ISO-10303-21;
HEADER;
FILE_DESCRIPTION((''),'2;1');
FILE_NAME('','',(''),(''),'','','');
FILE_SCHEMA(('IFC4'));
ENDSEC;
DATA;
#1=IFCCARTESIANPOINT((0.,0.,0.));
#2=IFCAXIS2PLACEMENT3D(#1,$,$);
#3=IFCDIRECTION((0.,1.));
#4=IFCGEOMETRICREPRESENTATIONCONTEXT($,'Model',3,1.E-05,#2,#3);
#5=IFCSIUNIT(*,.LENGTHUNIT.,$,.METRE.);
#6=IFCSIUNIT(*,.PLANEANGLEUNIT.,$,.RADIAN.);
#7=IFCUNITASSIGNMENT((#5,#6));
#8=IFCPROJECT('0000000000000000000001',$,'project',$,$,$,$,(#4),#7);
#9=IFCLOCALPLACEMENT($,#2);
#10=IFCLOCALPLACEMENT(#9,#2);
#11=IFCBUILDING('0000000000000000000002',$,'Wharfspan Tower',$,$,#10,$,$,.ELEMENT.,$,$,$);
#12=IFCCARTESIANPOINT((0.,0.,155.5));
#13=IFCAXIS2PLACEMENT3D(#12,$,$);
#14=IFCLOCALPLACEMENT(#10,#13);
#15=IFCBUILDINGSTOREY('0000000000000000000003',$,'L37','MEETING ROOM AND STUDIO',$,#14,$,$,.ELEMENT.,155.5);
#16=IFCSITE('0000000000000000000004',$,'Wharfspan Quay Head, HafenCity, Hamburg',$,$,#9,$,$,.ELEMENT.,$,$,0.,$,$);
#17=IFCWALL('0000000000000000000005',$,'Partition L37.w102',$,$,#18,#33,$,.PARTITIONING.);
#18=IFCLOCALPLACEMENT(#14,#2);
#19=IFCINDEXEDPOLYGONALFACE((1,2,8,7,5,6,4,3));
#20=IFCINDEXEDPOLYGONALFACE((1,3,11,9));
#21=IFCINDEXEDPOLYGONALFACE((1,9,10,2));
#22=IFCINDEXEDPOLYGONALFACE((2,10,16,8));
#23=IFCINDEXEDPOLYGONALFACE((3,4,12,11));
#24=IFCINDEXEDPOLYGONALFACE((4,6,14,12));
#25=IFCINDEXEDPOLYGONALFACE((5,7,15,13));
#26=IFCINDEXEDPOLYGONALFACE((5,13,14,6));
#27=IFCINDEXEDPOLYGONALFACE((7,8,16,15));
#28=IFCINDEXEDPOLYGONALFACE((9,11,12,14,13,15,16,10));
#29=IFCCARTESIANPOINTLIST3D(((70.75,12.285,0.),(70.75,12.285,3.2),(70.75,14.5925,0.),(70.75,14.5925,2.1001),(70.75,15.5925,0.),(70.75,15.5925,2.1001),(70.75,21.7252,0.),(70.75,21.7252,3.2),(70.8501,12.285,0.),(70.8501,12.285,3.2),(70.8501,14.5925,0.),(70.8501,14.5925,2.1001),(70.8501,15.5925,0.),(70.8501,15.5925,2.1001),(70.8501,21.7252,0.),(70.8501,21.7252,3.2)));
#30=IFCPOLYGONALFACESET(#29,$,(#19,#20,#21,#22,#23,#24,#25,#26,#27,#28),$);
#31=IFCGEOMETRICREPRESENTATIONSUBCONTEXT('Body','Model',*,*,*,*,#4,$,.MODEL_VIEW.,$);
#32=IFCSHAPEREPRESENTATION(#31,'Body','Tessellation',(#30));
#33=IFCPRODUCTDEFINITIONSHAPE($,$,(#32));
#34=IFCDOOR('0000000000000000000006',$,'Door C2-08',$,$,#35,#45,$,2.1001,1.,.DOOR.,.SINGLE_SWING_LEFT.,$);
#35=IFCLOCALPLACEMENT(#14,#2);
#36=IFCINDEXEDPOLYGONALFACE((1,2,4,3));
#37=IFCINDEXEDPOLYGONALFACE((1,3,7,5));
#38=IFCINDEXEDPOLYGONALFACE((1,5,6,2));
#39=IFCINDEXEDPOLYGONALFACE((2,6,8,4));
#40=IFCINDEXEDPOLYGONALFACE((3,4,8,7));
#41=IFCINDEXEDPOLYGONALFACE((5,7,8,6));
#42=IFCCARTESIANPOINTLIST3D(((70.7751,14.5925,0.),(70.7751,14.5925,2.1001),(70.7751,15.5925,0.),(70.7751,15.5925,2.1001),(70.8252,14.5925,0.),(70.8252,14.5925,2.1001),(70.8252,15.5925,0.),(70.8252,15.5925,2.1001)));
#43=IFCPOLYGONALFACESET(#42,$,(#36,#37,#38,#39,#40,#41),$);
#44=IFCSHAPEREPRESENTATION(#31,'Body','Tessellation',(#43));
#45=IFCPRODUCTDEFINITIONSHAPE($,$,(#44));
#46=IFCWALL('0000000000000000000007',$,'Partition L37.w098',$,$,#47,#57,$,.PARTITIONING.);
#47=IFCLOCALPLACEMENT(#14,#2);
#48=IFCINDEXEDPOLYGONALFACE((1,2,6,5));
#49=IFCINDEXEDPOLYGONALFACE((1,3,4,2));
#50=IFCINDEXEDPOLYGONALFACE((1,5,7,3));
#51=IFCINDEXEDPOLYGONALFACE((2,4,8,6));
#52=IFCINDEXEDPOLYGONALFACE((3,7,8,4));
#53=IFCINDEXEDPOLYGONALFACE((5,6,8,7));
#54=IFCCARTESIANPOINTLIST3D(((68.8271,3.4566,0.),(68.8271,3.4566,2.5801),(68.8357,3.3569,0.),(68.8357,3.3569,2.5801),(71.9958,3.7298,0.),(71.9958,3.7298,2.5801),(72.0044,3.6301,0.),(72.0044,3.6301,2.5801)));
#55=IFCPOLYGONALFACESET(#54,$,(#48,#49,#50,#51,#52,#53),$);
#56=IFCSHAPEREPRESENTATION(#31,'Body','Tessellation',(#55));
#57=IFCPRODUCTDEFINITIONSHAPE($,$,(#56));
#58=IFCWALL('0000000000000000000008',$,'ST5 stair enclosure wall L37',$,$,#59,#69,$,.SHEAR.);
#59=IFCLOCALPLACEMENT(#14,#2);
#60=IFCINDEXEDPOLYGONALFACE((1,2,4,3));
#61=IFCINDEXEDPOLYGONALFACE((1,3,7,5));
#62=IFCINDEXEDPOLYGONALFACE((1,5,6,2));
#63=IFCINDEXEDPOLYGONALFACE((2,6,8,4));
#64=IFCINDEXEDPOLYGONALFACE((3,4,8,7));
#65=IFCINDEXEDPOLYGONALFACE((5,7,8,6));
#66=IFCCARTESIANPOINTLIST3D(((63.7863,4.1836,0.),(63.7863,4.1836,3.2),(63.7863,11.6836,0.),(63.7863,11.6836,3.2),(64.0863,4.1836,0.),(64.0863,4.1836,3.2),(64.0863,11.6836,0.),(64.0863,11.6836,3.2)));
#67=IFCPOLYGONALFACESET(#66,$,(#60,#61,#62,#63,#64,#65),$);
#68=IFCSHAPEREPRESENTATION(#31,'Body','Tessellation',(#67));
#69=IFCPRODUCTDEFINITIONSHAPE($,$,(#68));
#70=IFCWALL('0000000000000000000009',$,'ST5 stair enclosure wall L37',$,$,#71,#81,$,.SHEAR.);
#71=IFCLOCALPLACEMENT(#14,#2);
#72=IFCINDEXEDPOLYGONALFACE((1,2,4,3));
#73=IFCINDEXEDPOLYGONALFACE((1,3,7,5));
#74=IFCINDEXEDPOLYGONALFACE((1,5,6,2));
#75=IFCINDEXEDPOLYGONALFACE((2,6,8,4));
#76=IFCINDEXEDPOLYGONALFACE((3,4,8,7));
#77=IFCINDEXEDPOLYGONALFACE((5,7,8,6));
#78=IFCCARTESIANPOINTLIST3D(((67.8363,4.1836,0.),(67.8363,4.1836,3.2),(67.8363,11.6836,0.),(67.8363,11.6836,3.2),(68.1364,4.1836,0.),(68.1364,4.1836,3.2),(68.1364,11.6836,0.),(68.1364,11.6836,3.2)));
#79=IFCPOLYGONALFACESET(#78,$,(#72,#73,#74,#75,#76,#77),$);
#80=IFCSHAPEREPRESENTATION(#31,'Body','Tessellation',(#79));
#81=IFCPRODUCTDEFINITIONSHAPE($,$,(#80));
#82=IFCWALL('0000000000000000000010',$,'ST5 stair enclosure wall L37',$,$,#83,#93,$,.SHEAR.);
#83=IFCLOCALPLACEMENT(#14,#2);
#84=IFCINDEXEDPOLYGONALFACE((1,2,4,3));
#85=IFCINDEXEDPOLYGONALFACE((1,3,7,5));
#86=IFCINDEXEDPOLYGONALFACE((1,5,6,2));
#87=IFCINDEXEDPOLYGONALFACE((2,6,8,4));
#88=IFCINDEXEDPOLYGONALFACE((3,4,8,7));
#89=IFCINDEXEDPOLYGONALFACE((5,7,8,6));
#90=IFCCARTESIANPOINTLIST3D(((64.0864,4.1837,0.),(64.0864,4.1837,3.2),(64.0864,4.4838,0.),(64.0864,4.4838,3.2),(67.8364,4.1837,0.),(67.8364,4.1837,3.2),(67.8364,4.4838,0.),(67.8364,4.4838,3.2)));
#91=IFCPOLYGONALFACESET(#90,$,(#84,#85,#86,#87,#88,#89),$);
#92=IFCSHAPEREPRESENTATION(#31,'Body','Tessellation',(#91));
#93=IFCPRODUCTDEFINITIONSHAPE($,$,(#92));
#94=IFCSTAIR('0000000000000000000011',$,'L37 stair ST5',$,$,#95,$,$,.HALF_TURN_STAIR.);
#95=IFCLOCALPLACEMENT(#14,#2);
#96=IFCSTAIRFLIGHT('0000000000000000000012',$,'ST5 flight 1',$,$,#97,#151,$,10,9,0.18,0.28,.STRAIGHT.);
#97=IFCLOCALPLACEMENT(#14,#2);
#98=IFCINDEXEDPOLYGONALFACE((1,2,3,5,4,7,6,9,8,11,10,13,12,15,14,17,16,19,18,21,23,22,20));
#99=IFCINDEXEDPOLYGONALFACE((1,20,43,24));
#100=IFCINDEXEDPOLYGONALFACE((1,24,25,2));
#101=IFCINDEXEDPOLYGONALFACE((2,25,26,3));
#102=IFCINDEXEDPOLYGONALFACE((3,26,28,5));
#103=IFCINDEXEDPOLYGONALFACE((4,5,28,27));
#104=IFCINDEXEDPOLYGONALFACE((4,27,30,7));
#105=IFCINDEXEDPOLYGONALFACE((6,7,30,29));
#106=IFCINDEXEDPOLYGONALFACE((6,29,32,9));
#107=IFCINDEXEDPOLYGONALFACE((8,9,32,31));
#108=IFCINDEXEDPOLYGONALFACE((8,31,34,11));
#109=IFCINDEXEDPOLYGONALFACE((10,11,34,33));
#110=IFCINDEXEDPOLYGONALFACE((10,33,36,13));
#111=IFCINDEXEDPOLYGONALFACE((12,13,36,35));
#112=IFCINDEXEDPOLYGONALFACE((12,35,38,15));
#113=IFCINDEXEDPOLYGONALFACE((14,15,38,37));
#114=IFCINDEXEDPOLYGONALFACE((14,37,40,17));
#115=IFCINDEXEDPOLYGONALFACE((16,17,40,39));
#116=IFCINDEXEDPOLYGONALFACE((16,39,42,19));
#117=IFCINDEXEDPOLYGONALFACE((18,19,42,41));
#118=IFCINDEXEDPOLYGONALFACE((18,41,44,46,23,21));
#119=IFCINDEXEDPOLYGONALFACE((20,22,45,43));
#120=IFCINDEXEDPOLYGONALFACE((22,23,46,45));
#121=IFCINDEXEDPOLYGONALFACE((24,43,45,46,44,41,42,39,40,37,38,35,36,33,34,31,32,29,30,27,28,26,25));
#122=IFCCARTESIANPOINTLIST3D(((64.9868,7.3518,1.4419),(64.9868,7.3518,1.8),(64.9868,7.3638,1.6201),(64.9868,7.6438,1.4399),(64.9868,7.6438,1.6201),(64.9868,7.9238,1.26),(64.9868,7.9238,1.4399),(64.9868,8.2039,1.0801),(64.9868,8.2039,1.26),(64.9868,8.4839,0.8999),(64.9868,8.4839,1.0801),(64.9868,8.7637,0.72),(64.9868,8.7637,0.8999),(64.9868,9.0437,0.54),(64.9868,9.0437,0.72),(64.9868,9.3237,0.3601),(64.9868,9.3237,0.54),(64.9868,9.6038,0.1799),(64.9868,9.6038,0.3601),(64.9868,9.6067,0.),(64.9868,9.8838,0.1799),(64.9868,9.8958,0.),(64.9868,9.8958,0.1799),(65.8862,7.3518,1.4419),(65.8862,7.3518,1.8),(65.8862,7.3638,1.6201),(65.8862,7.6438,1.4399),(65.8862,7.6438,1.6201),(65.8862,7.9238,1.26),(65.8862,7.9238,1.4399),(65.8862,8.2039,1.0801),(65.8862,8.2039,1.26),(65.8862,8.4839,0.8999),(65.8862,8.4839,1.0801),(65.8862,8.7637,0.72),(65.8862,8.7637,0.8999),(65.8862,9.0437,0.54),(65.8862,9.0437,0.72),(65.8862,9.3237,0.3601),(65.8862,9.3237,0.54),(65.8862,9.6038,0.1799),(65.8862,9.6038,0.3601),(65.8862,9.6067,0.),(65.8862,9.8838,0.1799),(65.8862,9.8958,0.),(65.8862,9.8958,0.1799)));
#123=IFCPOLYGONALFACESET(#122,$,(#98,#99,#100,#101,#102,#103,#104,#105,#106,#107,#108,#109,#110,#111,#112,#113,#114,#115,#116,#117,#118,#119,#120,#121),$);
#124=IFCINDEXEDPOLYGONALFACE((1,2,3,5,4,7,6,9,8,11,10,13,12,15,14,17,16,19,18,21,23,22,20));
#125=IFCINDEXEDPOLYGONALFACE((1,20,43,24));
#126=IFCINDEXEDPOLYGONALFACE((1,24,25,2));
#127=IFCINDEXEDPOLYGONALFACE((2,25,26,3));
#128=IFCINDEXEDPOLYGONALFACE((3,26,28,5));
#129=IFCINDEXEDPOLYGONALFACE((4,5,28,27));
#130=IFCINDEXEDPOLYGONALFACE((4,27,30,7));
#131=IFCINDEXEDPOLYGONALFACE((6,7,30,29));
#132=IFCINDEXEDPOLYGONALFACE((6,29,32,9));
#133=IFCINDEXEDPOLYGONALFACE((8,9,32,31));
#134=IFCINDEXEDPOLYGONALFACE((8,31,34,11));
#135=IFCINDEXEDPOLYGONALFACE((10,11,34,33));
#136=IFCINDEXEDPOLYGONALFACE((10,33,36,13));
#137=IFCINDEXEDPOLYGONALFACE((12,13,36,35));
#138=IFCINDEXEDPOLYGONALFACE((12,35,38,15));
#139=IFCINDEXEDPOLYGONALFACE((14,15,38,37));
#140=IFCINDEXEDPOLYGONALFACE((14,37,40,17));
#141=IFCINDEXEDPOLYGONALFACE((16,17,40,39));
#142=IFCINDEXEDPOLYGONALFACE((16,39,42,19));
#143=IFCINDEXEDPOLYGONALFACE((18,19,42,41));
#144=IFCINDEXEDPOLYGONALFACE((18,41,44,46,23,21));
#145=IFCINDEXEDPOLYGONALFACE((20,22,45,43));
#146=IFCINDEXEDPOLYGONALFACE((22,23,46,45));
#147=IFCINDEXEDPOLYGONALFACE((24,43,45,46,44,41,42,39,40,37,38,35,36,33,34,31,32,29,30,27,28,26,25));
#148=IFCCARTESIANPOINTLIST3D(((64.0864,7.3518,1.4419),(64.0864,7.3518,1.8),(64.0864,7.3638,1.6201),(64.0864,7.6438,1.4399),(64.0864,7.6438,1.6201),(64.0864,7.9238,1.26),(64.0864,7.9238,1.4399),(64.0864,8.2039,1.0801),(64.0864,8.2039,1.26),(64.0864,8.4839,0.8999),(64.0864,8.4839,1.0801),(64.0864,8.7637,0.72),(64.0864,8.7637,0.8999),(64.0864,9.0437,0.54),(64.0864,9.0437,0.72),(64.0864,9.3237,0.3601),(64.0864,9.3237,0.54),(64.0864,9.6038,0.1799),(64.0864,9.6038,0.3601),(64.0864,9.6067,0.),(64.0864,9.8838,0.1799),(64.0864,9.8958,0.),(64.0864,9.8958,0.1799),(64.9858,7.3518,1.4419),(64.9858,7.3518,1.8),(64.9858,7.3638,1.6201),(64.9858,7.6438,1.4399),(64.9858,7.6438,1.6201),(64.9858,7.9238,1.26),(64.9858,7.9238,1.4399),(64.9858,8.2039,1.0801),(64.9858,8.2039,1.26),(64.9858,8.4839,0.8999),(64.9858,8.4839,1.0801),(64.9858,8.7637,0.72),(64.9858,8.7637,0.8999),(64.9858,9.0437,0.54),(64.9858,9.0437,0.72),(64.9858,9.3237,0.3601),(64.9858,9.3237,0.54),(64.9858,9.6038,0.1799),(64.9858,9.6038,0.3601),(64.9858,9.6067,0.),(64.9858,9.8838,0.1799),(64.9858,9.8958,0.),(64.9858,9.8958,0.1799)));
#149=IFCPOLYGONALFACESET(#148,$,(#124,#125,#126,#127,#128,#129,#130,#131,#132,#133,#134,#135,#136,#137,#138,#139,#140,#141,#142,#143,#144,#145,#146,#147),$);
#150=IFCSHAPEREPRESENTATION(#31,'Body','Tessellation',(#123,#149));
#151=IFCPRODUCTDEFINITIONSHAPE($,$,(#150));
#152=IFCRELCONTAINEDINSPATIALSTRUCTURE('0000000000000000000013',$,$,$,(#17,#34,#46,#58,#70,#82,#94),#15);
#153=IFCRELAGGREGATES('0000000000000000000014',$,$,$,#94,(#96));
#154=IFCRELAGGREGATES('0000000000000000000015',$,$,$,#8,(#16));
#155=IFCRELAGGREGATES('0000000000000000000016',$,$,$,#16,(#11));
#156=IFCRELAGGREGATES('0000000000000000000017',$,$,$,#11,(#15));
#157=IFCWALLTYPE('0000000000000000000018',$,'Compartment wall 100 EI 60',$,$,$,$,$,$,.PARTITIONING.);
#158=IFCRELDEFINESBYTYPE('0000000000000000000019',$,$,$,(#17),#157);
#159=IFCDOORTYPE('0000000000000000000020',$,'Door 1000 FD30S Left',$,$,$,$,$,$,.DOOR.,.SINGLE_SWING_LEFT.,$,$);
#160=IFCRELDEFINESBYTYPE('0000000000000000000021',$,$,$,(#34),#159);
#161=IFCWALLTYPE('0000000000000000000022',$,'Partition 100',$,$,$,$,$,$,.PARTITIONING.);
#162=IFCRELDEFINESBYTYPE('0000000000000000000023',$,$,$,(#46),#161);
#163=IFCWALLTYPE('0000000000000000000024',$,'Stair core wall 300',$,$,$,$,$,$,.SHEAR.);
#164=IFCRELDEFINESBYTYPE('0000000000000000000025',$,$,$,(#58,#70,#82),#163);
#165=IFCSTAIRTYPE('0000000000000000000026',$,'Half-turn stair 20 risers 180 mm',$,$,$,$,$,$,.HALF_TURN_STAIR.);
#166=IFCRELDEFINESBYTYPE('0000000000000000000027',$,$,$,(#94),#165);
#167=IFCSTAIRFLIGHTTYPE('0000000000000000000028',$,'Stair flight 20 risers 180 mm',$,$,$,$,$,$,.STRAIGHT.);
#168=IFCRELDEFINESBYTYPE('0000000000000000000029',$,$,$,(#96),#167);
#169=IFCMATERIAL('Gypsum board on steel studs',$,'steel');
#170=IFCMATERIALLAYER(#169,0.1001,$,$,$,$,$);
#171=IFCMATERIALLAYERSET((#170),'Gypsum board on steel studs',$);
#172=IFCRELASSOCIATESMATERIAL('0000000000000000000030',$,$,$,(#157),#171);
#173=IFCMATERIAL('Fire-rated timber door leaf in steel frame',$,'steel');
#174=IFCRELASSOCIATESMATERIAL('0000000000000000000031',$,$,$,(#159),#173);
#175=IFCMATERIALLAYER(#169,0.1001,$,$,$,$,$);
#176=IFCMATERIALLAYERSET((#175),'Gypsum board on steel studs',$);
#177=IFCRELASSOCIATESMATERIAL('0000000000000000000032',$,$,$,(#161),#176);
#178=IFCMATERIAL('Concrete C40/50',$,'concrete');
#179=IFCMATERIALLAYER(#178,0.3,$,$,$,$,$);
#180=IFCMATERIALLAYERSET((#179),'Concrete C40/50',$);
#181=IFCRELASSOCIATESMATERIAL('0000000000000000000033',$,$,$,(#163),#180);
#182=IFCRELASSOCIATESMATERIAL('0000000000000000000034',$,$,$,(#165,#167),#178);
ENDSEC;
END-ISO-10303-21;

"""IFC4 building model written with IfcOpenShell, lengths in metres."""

from ifc_helpers import new_model, si_unit, direction, frame, frame_2d, origin, place, context, subcontext, project, spatial, polyline, rectangle, outline, extrude, material, layer, layer_set, type_object, element, fill, aggregate, save


model = new_model("IFC4")

# Units and contexts
model_context = context("Model", 3, precision=1e-05, world=origin(), true_north=direction((0.0, 1.0)))
body_context = subcontext(model_context, "Body", "Model", "MODEL_VIEW")
ifc_project = project(units=[si_unit("LENGTHUNIT", "METRE"), si_unit("PLANEANGLEUNIT", "RADIAN")], contexts=[model_context])

# Site, building, storey
site_placement = place(None, origin())
site = spatial("IfcSite", under=ifc_project, at=site_placement, Name="Wharfspan Quay Head, HafenCity, Hamburg", CompositionType="ELEMENT", RefElevation=0.0)
building_placement = place(site_placement, origin())
building = spatial("IfcBuilding", under=site, at=building_placement, Name="Wharfspan Tower", CompositionType="ELEMENT")
storey_placement = place(building_placement, frame((0.0, 0.0, 155.5)))
storey = spatial("IfcBuildingStorey", under=building, at=storey_placement, Name="L37", Description="MEETING ROOM AND STUDIO", CompositionType="ELEMENT", Elevation=155.5)

# Shared definitions
ifc_material_1 = material(Name="Gypsum board on steel studs", Category="steel")
ifc_layer_1 = layer(ifc_material_1, 0.1001)
ifc_layer_set_1 = layer_set([ifc_layer_1], Name="Gypsum board on steel studs")
wall_type_1 = type_object("IfcWallType", Name="Compartment wall 100 EI 60", PredefinedType="PARTITIONING", material=ifc_layer_set_1)

# Wall, opening, door
wall_1_placement = place(storey_placement, frame((70.8, 12.2849, 0.0), z_axis=(0.0, 0.0, 1.0), x_axis=(0.0, 1.0, 0.0)))
wall_1 = element("IfcWall", 1, at=wall_1_placement, inside=storey, type_object=wall_type_1, Name="Partition L37.w102", PredefinedType="PARTITIONING", context=body_context, shape_type="SweptSolid", body=[
    extrude(rectangle(XDim=9.4402, YDim=0.1001, at=frame_2d((4.7202, 0.0))), origin(), (0.0, 0.0, 1.0), 3.2),
])
opening_placement = place(wall_1_placement, frame((2.3076, 0.0, 0.0)))
opening = element("IfcOpeningElement", 2, at=opening_placement, cuts=wall_1, PredefinedType="OPENING", context=body_context, shape_type="SweptSolid", body=[
    extrude(rectangle(XDim=1.0, YDim=2.1001, at=frame_2d((0.5, 1.05))), frame((0.0, 0.0601, 0.0), z_axis=(0.0, -1.0, 0.0), x_axis=(1.0, 0.0, 0.0)), (0.0, 0.0, 1.0), 0.1201),
])
ifc_material_2 = material(Name="Fire-rated timber door leaf in steel frame", Category="steel")
door_type = type_object("IfcDoorType", Name="Door 1000 FD30S Left", OperationType="SINGLE_SWING_LEFT", PredefinedType="DOOR", material=ifc_material_2)
door_placement = place(opening_placement, origin())
door = element("IfcDoor", 3, at=door_placement, inside=storey, type_object=door_type, Name="Door C2-08", OperationType="SINGLE_SWING_LEFT", OverallHeight=2.1001, OverallWidth=1.0, PredefinedType="DOOR", context=body_context, shape_type="SweptSolid", body=[
    extrude(rectangle(XDim=1.0, YDim=2.1001, at=frame_2d((0.5, 1.05))), frame((0.0, 0.0249, 0.0), z_axis=(0.0, -1.0, 0.0), x_axis=(1.0, 0.0, 0.0)), (0.0, 0.0, 1.0), 0.05),
])
fill(opening, door)

# Walls
ifc_layer_2 = layer(ifc_material_1, 0.1001)
ifc_layer_set_2 = layer_set([ifc_layer_2], Name="Gypsum board on steel studs")
wall_type_2 = type_object("IfcWallType", Name="Partition 100", PredefinedType="PARTITIONING", material=ifc_layer_set_2)
wall_2_placement = place(storey_placement, frame((68.8313, 3.4067, 0.0), z_axis=(0.0, 0.0, 1.0), x_axis=(0.996308, 0.085898, 0.0)))
element("IfcWall", 4, at=wall_2_placement, inside=storey, type_object=wall_type_2, Name="Partition L37.w098", PredefinedType="PARTITIONING", context=body_context, shape_type="SweptSolid", body=[
    extrude(rectangle(XDim=3.1804, YDim=0.1001, at=frame_2d((1.5903, 0.0))), origin(), (0.0, 0.0, 1.0), 2.5801),
])
ifc_material_3 = material(Name="Concrete C40/50", Category="concrete")
ifc_layer_3 = layer(ifc_material_3, 0.3)
ifc_layer_set_3 = layer_set([ifc_layer_3], Name="Concrete C40/50")
wall_type_3 = type_object("IfcWallType", Name="Stair core wall 300", PredefinedType="SHEAR", material=ifc_layer_set_3)
for number, where, z_axis, x_axis, name in (
    (5, (63.9363, 4.1836, 0.0), (0.0, 0.0, 1.0), (0.0, 1.0, 0.0), "ST5 stair enclosure wall L37"),
    (6, (67.9863, 4.1836, 0.0), (0.0, 0.0, 1.0), (0.0, 1.0, 0.0), "ST5 stair enclosure wall L37"),
):
    element("IfcWall", number, at=place(storey_placement, frame(where, z_axis=z_axis, x_axis=x_axis)), inside=storey, type_object=wall_type_3, Name=name, PredefinedType="SHEAR", context=body_context, shape_type="SweptSolid", body=[
        extrude(rectangle(XDim=7.5, YDim=0.3, at=frame_2d((3.75, 0.0))), origin(), (0.0, 0.0, 1.0), 3.2),
    ])
wall_3_placement = place(storey_placement, frame((64.0864, 4.3337, 0.0), z_axis=(0.0, 0.0, 1.0), x_axis=(1.0, 0.0, 0.0)))
element("IfcWall", 7, at=wall_3_placement, inside=storey, type_object=wall_type_3, Name="ST5 stair enclosure wall L37", PredefinedType="SHEAR", context=body_context, shape_type="SweptSolid", body=[
    extrude(rectangle(XDim=3.75, YDim=0.3, at=frame_2d((1.875, 0.0))), origin(), (0.0, 0.0, 1.0), 3.2),
])

# Stair, stair flight
stair_type = type_object("IfcStairType", Name="Half-turn stair 20 risers 180 mm", PredefinedType="HALF_TURN_STAIR", material=ifc_material_3)
stair_placement = place(storey_placement, origin())
stair = element("IfcStair", 8, at=stair_placement, inside=storey, type_object=stair_type, Name="L37 stair ST5", PredefinedType="HALF_TURN_STAIR")
stair_flight_type = type_object("IfcStairFlightType", Name="Stair flight 20 risers 180 mm", PredefinedType="STRAIGHT", material=ifc_material_3)
stair_flight_1_placement = place(storey_placement, frame((64.9863, 9.8838, 0.0), z_axis=(0.0, 0.0, 1.0), x_axis=(0.0, -1.0, 0.0)))
stair_flight_1 = element("IfcStairFlight", 9, at=stair_flight_1_placement, type_object=stair_flight_type, Name="ST5 flight 1", NumberOfRisers=10, NumberOfTreads=9, PredefinedType="STRAIGHT", RiserHeight=0.18, TreadLength=0.28, context=body_context, shape_type="SweptSolid", body=[
    extrude(outline(polyline([(-0.012, 0.0), (-0.012, 0.1799), (0.0, 0.1799), (0.28, 0.1799), (0.28, 0.3601), (0.5601, 0.3601), (0.5601, 0.54), (0.8401, 0.54), (0.8401, 0.72), (1.1201, 0.72), (1.1201, 0.8999), (1.3999, 0.8999), (1.3999, 1.0801), (1.6799, 1.0801), (1.6799, 1.26), (1.96, 1.26), (1.96, 1.4399), (2.24, 1.4399), (2.24, 1.6201), (2.52, 1.6201), (2.532, 1.8), (2.532, 1.4419), (0.2771, 0.0), (-0.012, 0.0)])), frame((0.0, 0.8999, 0.0), z_axis=(0.0, -1.0, 0.0), x_axis=(1.0, 0.0, 0.0)), (0.0, 0.0, 1.0), 0.8994),
    extrude(outline(polyline([(-0.012, 0.0), (-0.012, 0.1799), (0.0, 0.1799), (0.28, 0.1799), (0.28, 0.3601), (0.5601, 0.3601), (0.5601, 0.54), (0.8401, 0.54), (0.8401, 0.72), (1.1201, 0.72), (1.1201, 0.8999), (1.3999, 0.8999), (1.3999, 1.0801), (1.6799, 1.0801), (1.6799, 1.26), (1.96, 1.26), (1.96, 1.4399), (2.24, 1.4399), (2.24, 1.6201), (2.52, 1.6201), (2.532, 1.8), (2.532, 1.4419), (0.2771, 0.0), (-0.012, 0.0)])), frame((0.0, -0.0005, 0.0), z_axis=(0.0, -1.0, 0.0), x_axis=(1.0, 0.0, 0.0)), (0.0, 0.0, 1.0), 0.8994),
])
aggregate(stair, [stair_flight_1])

save(model, "model.ifc")
